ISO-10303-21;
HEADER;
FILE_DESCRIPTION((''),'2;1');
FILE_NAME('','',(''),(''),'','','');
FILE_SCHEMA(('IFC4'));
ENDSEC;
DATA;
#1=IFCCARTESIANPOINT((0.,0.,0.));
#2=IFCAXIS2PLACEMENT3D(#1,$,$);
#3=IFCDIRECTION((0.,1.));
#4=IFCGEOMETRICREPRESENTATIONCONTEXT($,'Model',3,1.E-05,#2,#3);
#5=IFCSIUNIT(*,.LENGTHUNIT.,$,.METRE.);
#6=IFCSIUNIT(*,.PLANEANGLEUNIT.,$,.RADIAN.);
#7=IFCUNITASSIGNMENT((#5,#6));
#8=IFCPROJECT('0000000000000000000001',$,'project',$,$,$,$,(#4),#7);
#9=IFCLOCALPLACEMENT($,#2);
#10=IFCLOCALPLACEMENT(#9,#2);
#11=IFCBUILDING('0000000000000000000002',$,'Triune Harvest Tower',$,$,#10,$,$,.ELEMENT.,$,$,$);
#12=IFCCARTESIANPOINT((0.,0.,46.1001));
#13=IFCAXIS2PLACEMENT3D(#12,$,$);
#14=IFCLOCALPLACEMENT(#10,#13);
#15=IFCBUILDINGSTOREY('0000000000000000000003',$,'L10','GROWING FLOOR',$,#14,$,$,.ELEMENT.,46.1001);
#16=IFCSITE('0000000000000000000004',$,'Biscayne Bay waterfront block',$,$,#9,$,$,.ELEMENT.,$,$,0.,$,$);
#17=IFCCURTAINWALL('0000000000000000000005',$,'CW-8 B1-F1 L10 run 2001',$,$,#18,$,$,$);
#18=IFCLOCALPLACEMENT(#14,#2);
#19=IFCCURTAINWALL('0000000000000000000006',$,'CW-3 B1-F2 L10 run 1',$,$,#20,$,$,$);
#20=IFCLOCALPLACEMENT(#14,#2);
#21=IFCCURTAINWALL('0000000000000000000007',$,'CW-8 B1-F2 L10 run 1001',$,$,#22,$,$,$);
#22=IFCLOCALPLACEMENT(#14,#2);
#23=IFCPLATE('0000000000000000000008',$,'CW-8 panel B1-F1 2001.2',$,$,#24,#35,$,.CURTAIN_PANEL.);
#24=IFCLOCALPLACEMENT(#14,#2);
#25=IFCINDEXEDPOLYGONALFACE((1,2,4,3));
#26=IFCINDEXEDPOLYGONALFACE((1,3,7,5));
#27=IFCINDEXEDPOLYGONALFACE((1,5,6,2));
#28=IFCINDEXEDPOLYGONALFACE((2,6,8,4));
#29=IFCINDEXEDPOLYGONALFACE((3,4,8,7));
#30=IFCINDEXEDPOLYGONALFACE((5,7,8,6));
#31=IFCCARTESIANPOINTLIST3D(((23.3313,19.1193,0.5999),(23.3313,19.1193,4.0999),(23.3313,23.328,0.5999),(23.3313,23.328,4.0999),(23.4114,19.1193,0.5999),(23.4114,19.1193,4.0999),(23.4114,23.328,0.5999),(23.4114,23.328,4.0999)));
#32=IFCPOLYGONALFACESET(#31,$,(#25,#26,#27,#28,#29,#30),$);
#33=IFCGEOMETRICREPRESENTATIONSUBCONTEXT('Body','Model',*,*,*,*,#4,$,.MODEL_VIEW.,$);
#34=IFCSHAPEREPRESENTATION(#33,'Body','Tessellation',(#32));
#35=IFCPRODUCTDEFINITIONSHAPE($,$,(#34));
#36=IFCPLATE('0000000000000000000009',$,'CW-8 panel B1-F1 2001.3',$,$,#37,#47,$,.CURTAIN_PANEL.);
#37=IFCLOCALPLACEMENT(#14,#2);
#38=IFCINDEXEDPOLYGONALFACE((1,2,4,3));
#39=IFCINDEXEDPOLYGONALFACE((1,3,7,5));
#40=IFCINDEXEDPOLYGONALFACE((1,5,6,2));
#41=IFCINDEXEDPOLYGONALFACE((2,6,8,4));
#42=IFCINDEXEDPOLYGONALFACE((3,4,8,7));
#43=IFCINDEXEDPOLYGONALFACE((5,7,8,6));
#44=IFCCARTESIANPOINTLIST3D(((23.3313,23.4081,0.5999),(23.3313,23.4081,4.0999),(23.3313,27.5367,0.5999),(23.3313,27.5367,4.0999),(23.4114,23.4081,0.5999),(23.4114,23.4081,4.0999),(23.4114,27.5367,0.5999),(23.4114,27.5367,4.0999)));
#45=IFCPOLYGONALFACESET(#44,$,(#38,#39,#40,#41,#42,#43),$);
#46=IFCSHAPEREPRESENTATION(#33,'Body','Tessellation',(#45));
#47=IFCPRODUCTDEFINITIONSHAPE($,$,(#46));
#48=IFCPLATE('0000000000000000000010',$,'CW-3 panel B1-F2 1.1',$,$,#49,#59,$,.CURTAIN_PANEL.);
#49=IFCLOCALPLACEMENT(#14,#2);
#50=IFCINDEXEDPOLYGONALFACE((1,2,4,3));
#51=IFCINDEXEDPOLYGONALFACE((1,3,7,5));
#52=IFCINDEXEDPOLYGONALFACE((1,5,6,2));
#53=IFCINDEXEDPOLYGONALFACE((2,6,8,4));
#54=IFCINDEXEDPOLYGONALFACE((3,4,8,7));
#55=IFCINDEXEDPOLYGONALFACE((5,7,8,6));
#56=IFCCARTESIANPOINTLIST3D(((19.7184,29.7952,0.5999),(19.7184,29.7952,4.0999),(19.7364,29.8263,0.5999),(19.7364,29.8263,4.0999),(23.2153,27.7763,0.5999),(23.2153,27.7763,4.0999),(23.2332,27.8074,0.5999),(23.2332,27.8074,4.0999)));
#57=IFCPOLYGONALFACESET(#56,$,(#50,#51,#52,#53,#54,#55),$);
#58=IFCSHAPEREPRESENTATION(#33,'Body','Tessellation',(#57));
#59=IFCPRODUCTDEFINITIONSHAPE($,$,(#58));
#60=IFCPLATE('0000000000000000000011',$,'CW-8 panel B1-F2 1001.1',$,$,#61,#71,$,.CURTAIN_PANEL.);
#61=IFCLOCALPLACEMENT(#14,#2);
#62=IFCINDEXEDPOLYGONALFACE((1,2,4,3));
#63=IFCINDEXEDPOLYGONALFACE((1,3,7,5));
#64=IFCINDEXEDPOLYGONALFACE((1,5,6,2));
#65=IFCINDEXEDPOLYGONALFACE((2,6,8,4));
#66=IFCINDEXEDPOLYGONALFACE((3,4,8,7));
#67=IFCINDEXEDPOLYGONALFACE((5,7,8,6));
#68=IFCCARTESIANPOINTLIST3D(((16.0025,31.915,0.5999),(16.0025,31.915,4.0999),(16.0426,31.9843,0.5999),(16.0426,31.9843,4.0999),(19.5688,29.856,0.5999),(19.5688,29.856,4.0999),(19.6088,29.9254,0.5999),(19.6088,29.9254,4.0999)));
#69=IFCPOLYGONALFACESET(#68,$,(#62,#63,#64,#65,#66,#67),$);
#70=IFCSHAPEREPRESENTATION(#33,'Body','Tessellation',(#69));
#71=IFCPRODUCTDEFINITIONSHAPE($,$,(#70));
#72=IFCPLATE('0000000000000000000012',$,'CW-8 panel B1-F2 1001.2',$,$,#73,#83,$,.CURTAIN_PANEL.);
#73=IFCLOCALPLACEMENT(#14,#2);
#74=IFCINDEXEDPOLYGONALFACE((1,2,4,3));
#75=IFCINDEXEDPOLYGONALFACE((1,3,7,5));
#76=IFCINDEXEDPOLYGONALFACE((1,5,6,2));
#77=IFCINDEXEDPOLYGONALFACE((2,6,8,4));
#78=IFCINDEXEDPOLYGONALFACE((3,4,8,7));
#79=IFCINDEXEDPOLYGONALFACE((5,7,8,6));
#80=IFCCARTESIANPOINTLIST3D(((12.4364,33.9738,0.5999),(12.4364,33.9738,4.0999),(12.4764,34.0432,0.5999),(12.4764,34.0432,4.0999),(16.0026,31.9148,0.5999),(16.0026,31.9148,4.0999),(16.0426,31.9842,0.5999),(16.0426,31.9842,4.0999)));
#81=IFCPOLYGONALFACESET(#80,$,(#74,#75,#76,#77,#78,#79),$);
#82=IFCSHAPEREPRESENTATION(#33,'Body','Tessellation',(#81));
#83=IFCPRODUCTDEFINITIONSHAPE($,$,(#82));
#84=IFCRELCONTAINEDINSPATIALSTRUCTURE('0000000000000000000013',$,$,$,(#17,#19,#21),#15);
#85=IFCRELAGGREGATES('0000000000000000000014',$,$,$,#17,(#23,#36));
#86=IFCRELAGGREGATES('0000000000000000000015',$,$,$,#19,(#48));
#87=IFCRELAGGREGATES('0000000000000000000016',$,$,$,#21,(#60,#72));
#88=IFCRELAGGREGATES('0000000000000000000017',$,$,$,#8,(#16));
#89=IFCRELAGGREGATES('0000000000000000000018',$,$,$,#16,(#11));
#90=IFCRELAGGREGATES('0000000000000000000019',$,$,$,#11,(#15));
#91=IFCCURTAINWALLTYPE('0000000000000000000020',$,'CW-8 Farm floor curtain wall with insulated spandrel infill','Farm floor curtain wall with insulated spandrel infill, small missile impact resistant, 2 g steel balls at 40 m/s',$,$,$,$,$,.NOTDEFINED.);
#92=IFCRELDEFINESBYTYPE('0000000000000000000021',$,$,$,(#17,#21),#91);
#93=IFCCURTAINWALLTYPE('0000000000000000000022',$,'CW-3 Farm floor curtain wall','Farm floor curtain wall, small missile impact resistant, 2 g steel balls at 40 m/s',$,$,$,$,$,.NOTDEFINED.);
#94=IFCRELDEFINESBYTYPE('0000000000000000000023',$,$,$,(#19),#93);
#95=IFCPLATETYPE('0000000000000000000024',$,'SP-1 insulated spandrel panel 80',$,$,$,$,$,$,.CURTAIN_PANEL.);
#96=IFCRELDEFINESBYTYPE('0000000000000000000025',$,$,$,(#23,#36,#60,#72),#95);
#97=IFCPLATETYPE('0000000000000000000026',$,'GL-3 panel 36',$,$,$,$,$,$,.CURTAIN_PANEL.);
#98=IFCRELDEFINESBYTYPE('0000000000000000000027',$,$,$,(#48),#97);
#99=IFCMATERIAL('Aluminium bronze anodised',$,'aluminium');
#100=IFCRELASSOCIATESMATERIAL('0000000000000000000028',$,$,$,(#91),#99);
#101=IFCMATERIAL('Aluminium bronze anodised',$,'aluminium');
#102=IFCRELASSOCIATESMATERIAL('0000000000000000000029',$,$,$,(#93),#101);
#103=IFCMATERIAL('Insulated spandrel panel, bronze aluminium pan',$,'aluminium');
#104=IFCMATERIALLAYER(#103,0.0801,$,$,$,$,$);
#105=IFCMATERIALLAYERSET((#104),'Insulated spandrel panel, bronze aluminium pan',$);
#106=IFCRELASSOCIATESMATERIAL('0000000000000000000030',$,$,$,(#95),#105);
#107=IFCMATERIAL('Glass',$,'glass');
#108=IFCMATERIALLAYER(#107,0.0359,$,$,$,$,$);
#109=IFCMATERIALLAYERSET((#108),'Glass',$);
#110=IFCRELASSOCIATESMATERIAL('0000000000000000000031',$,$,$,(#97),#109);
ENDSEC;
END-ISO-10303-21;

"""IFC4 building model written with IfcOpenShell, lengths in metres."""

from ifc_helpers import new_model, si_unit, direction, frame, origin, origin_2d, place, context, subcontext, project, spatial, rectangle, extrude, source, transform, mapped, material, layer, layer_set, type_object, element, aggregate, save


model = new_model("IFC4")

# Units and contexts
model_context = context("Model", 3, precision=1e-05, world=origin(), true_north=direction((0.0, 1.0)))
body_context = subcontext(model_context, "Body", "Model", "MODEL_VIEW")
ifc_project = project(units=[si_unit("LENGTHUNIT", "METRE"), si_unit("PLANEANGLEUNIT", "RADIAN")], contexts=[model_context])

# Site, building, storey
site_placement = place(None, origin())
site = spatial("IfcSite", under=ifc_project, at=site_placement, Name="Biscayne Bay waterfront block", CompositionType="ELEMENT", RefElevation=0.0)
building_placement = place(site_placement, origin())
building = spatial("IfcBuilding", under=site, at=building_placement, Name="Triune Harvest Tower", CompositionType="ELEMENT")
storey_placement = place(building_placement, frame((0.0, 0.0, 46.1001)))
storey = spatial("IfcBuildingStorey", under=building, at=storey_placement, Name="L10", Description="GROWING FLOOR", CompositionType="ELEMENT", Elevation=46.1001)

# Curtain walls
ifc_material_1 = material(Name="Aluminium bronze anodised", Category="aluminium")
curtain_wall_type_1 = type_object("IfcCurtainWallType", Name="CW-8 Farm floor curtain wall with insulated spandrel infill", Description="Farm floor curtain wall with insulated spandrel infill, small missile impact resistant, 2 g steel balls at 40 m/s", PredefinedType="NOTDEFINED", material=ifc_material_1)
curtain_wall_1_placement = place(storey_placement, origin())
curtain_wall_1 = element("IfcCurtainWall", 1, at=curtain_wall_1_placement, inside=storey, type_object=curtain_wall_type_1, Name="CW-8 B1-F1 L10 run 2001")
ifc_material_2 = material(Name="Aluminium bronze anodised", Category="aluminium")
curtain_wall_type_2 = type_object("IfcCurtainWallType", Name="CW-3 Farm floor curtain wall", Description="Farm floor curtain wall, small missile impact resistant, 2 g steel balls at 40 m/s", PredefinedType="NOTDEFINED", material=ifc_material_2)
curtain_wall_2_placement = place(storey_placement, origin())
curtain_wall_2 = element("IfcCurtainWall", 2, at=curtain_wall_2_placement, inside=storey, type_object=curtain_wall_type_2, Name="CW-3 B1-F2 L10 run 1")
curtain_wall_3_placement = place(storey_placement, origin())
curtain_wall_3 = element("IfcCurtainWall", 3, at=curtain_wall_3_placement, inside=storey, type_object=curtain_wall_type_1, Name="CW-8 B1-F2 L10 run 1001")

# Plates
ifc_material_3 = material(Name="Insulated spandrel panel, bronze aluminium pan", Category="aluminium")
ifc_layer_1 = layer(ifc_material_3, 0.0801)
ifc_layer_set_1 = layer_set([ifc_layer_1], Name="Insulated spandrel panel, bronze aluminium pan")
plate_type_1 = type_object("IfcPlateType", Name="SP-1 insulated spandrel panel 80", PredefinedType="CURTAIN_PANEL", material=ifc_layer_set_1)
shared_shape_1 = source(origin(), body_context, "Body", "SweptSolid", [
    extrude(rectangle(XDim=4.2087, YDim=0.0801, at=origin_2d()), origin(), (0.0, 0.0, 1.0), 3.5),
])
plate_1_placement = place(storey_placement, frame((23.3713, 21.2236, 0.5999), z_axis=(0.0, 0.0, 1.0), x_axis=(0.0, 1.0, 0.0)))
plate_1 = element("IfcPlate", 4, at=plate_1_placement, type_object=plate_type_1, Name="CW-8 panel B1-F1 2001.2", PredefinedType="CURTAIN_PANEL", context=body_context, shape_type="MappedRepresentation", body=[
    mapped(shared_shape_1, transform((0.0, 0.0, 0.0), scale=1.0)),
])
shared_shape_2 = source(origin(), body_context, "Body", "SweptSolid", [
    extrude(rectangle(XDim=4.1287, YDim=0.0801, at=origin_2d()), origin(), (0.0, 0.0, 1.0), 3.5),
])
plate_2_placement = place(storey_placement, frame((23.3713, 25.4724, 0.5999), z_axis=(0.0, 0.0, 1.0), x_axis=(0.0, 1.0, 0.0)))
plate_2 = element("IfcPlate", 5, at=plate_2_placement, type_object=plate_type_1, Name="CW-8 panel B1-F1 2001.3", PredefinedType="CURTAIN_PANEL", context=body_context, shape_type="MappedRepresentation", body=[
    mapped(shared_shape_2, transform((0.0, 0.0, 0.0), scale=1.0)),
])
aggregate(curtain_wall_1, [plate_1, plate_2])
ifc_material_4 = material(Name="Glass", Category="glass")
ifc_layer_2 = layer(ifc_material_4, 0.0359)
ifc_layer_set_2 = layer_set([ifc_layer_2], Name="Glass")
plate_type_2 = type_object("IfcPlateType", Name="GL-3 panel 36", PredefinedType="CURTAIN_PANEL", material=ifc_layer_set_2)
shared_shape_3 = source(origin(), body_context, "Body", "SweptSolid", [
    extrude(rectangle(XDim=4.0378, YDim=0.0359, at=origin_2d()), origin(), (0.0, 0.0, 1.0), 3.5),
])
plate_3_placement = place(storey_placement, frame((21.4758, 28.8013, 0.5999), z_axis=(0.0, 0.0, 1.0), x_axis=(-0.866029, 0.499994, 0.0)))
plate_3 = element("IfcPlate", 6, at=plate_3_placement, type_object=plate_type_2, Name="CW-3 panel B1-F2 1.1", PredefinedType="CURTAIN_PANEL", context=body_context, shape_type="MappedRepresentation", body=[
    mapped(shared_shape_3, transform((0.0, 0.0, 0.0), scale=1.0)),
])
aggregate(curtain_wall_2, [plate_3])
shared_shape_4 = source(origin(), body_context, "Body", "SweptSolid", [
    extrude(rectangle(XDim=4.1179, YDim=0.0801, at=origin_2d()), origin(), (0.0, 0.0, 1.0), 3.5),
])
plate_4_placement = place(storey_placement, frame((17.8057, 30.9202, 0.5999), z_axis=(0.0, 0.0, 1.0), x_axis=(-0.866025, 0.500001, 0.0)))
plate_4 = element("IfcPlate", 7, at=plate_4_placement, type_object=plate_type_1, Name="CW-8 panel B1-F2 1001.1", PredefinedType="CURTAIN_PANEL", context=body_context, shape_type="MappedRepresentation", body=[
    mapped(shared_shape_4, transform((0.0, 0.0, 0.0), scale=1.0)),
])
plate_5_placement = place(storey_placement, frame((14.2395, 32.979, 0.5999), z_axis=(0.0, 0.0, 1.0), x_axis=(-0.866025, 0.500001, 0.0)))
plate_5 = element("IfcPlate", 8, at=plate_5_placement, type_object=plate_type_1, Name="CW-8 panel B1-F2 1001.2", PredefinedType="CURTAIN_PANEL", context=body_context, shape_type="MappedRepresentation", body=[
    mapped(shared_shape_4, transform((0.0, 0.0, 0.0), scale=1.0)),
])
aggregate(curtain_wall_3, [plate_4, plate_5])

save(model, "model.ifc")
